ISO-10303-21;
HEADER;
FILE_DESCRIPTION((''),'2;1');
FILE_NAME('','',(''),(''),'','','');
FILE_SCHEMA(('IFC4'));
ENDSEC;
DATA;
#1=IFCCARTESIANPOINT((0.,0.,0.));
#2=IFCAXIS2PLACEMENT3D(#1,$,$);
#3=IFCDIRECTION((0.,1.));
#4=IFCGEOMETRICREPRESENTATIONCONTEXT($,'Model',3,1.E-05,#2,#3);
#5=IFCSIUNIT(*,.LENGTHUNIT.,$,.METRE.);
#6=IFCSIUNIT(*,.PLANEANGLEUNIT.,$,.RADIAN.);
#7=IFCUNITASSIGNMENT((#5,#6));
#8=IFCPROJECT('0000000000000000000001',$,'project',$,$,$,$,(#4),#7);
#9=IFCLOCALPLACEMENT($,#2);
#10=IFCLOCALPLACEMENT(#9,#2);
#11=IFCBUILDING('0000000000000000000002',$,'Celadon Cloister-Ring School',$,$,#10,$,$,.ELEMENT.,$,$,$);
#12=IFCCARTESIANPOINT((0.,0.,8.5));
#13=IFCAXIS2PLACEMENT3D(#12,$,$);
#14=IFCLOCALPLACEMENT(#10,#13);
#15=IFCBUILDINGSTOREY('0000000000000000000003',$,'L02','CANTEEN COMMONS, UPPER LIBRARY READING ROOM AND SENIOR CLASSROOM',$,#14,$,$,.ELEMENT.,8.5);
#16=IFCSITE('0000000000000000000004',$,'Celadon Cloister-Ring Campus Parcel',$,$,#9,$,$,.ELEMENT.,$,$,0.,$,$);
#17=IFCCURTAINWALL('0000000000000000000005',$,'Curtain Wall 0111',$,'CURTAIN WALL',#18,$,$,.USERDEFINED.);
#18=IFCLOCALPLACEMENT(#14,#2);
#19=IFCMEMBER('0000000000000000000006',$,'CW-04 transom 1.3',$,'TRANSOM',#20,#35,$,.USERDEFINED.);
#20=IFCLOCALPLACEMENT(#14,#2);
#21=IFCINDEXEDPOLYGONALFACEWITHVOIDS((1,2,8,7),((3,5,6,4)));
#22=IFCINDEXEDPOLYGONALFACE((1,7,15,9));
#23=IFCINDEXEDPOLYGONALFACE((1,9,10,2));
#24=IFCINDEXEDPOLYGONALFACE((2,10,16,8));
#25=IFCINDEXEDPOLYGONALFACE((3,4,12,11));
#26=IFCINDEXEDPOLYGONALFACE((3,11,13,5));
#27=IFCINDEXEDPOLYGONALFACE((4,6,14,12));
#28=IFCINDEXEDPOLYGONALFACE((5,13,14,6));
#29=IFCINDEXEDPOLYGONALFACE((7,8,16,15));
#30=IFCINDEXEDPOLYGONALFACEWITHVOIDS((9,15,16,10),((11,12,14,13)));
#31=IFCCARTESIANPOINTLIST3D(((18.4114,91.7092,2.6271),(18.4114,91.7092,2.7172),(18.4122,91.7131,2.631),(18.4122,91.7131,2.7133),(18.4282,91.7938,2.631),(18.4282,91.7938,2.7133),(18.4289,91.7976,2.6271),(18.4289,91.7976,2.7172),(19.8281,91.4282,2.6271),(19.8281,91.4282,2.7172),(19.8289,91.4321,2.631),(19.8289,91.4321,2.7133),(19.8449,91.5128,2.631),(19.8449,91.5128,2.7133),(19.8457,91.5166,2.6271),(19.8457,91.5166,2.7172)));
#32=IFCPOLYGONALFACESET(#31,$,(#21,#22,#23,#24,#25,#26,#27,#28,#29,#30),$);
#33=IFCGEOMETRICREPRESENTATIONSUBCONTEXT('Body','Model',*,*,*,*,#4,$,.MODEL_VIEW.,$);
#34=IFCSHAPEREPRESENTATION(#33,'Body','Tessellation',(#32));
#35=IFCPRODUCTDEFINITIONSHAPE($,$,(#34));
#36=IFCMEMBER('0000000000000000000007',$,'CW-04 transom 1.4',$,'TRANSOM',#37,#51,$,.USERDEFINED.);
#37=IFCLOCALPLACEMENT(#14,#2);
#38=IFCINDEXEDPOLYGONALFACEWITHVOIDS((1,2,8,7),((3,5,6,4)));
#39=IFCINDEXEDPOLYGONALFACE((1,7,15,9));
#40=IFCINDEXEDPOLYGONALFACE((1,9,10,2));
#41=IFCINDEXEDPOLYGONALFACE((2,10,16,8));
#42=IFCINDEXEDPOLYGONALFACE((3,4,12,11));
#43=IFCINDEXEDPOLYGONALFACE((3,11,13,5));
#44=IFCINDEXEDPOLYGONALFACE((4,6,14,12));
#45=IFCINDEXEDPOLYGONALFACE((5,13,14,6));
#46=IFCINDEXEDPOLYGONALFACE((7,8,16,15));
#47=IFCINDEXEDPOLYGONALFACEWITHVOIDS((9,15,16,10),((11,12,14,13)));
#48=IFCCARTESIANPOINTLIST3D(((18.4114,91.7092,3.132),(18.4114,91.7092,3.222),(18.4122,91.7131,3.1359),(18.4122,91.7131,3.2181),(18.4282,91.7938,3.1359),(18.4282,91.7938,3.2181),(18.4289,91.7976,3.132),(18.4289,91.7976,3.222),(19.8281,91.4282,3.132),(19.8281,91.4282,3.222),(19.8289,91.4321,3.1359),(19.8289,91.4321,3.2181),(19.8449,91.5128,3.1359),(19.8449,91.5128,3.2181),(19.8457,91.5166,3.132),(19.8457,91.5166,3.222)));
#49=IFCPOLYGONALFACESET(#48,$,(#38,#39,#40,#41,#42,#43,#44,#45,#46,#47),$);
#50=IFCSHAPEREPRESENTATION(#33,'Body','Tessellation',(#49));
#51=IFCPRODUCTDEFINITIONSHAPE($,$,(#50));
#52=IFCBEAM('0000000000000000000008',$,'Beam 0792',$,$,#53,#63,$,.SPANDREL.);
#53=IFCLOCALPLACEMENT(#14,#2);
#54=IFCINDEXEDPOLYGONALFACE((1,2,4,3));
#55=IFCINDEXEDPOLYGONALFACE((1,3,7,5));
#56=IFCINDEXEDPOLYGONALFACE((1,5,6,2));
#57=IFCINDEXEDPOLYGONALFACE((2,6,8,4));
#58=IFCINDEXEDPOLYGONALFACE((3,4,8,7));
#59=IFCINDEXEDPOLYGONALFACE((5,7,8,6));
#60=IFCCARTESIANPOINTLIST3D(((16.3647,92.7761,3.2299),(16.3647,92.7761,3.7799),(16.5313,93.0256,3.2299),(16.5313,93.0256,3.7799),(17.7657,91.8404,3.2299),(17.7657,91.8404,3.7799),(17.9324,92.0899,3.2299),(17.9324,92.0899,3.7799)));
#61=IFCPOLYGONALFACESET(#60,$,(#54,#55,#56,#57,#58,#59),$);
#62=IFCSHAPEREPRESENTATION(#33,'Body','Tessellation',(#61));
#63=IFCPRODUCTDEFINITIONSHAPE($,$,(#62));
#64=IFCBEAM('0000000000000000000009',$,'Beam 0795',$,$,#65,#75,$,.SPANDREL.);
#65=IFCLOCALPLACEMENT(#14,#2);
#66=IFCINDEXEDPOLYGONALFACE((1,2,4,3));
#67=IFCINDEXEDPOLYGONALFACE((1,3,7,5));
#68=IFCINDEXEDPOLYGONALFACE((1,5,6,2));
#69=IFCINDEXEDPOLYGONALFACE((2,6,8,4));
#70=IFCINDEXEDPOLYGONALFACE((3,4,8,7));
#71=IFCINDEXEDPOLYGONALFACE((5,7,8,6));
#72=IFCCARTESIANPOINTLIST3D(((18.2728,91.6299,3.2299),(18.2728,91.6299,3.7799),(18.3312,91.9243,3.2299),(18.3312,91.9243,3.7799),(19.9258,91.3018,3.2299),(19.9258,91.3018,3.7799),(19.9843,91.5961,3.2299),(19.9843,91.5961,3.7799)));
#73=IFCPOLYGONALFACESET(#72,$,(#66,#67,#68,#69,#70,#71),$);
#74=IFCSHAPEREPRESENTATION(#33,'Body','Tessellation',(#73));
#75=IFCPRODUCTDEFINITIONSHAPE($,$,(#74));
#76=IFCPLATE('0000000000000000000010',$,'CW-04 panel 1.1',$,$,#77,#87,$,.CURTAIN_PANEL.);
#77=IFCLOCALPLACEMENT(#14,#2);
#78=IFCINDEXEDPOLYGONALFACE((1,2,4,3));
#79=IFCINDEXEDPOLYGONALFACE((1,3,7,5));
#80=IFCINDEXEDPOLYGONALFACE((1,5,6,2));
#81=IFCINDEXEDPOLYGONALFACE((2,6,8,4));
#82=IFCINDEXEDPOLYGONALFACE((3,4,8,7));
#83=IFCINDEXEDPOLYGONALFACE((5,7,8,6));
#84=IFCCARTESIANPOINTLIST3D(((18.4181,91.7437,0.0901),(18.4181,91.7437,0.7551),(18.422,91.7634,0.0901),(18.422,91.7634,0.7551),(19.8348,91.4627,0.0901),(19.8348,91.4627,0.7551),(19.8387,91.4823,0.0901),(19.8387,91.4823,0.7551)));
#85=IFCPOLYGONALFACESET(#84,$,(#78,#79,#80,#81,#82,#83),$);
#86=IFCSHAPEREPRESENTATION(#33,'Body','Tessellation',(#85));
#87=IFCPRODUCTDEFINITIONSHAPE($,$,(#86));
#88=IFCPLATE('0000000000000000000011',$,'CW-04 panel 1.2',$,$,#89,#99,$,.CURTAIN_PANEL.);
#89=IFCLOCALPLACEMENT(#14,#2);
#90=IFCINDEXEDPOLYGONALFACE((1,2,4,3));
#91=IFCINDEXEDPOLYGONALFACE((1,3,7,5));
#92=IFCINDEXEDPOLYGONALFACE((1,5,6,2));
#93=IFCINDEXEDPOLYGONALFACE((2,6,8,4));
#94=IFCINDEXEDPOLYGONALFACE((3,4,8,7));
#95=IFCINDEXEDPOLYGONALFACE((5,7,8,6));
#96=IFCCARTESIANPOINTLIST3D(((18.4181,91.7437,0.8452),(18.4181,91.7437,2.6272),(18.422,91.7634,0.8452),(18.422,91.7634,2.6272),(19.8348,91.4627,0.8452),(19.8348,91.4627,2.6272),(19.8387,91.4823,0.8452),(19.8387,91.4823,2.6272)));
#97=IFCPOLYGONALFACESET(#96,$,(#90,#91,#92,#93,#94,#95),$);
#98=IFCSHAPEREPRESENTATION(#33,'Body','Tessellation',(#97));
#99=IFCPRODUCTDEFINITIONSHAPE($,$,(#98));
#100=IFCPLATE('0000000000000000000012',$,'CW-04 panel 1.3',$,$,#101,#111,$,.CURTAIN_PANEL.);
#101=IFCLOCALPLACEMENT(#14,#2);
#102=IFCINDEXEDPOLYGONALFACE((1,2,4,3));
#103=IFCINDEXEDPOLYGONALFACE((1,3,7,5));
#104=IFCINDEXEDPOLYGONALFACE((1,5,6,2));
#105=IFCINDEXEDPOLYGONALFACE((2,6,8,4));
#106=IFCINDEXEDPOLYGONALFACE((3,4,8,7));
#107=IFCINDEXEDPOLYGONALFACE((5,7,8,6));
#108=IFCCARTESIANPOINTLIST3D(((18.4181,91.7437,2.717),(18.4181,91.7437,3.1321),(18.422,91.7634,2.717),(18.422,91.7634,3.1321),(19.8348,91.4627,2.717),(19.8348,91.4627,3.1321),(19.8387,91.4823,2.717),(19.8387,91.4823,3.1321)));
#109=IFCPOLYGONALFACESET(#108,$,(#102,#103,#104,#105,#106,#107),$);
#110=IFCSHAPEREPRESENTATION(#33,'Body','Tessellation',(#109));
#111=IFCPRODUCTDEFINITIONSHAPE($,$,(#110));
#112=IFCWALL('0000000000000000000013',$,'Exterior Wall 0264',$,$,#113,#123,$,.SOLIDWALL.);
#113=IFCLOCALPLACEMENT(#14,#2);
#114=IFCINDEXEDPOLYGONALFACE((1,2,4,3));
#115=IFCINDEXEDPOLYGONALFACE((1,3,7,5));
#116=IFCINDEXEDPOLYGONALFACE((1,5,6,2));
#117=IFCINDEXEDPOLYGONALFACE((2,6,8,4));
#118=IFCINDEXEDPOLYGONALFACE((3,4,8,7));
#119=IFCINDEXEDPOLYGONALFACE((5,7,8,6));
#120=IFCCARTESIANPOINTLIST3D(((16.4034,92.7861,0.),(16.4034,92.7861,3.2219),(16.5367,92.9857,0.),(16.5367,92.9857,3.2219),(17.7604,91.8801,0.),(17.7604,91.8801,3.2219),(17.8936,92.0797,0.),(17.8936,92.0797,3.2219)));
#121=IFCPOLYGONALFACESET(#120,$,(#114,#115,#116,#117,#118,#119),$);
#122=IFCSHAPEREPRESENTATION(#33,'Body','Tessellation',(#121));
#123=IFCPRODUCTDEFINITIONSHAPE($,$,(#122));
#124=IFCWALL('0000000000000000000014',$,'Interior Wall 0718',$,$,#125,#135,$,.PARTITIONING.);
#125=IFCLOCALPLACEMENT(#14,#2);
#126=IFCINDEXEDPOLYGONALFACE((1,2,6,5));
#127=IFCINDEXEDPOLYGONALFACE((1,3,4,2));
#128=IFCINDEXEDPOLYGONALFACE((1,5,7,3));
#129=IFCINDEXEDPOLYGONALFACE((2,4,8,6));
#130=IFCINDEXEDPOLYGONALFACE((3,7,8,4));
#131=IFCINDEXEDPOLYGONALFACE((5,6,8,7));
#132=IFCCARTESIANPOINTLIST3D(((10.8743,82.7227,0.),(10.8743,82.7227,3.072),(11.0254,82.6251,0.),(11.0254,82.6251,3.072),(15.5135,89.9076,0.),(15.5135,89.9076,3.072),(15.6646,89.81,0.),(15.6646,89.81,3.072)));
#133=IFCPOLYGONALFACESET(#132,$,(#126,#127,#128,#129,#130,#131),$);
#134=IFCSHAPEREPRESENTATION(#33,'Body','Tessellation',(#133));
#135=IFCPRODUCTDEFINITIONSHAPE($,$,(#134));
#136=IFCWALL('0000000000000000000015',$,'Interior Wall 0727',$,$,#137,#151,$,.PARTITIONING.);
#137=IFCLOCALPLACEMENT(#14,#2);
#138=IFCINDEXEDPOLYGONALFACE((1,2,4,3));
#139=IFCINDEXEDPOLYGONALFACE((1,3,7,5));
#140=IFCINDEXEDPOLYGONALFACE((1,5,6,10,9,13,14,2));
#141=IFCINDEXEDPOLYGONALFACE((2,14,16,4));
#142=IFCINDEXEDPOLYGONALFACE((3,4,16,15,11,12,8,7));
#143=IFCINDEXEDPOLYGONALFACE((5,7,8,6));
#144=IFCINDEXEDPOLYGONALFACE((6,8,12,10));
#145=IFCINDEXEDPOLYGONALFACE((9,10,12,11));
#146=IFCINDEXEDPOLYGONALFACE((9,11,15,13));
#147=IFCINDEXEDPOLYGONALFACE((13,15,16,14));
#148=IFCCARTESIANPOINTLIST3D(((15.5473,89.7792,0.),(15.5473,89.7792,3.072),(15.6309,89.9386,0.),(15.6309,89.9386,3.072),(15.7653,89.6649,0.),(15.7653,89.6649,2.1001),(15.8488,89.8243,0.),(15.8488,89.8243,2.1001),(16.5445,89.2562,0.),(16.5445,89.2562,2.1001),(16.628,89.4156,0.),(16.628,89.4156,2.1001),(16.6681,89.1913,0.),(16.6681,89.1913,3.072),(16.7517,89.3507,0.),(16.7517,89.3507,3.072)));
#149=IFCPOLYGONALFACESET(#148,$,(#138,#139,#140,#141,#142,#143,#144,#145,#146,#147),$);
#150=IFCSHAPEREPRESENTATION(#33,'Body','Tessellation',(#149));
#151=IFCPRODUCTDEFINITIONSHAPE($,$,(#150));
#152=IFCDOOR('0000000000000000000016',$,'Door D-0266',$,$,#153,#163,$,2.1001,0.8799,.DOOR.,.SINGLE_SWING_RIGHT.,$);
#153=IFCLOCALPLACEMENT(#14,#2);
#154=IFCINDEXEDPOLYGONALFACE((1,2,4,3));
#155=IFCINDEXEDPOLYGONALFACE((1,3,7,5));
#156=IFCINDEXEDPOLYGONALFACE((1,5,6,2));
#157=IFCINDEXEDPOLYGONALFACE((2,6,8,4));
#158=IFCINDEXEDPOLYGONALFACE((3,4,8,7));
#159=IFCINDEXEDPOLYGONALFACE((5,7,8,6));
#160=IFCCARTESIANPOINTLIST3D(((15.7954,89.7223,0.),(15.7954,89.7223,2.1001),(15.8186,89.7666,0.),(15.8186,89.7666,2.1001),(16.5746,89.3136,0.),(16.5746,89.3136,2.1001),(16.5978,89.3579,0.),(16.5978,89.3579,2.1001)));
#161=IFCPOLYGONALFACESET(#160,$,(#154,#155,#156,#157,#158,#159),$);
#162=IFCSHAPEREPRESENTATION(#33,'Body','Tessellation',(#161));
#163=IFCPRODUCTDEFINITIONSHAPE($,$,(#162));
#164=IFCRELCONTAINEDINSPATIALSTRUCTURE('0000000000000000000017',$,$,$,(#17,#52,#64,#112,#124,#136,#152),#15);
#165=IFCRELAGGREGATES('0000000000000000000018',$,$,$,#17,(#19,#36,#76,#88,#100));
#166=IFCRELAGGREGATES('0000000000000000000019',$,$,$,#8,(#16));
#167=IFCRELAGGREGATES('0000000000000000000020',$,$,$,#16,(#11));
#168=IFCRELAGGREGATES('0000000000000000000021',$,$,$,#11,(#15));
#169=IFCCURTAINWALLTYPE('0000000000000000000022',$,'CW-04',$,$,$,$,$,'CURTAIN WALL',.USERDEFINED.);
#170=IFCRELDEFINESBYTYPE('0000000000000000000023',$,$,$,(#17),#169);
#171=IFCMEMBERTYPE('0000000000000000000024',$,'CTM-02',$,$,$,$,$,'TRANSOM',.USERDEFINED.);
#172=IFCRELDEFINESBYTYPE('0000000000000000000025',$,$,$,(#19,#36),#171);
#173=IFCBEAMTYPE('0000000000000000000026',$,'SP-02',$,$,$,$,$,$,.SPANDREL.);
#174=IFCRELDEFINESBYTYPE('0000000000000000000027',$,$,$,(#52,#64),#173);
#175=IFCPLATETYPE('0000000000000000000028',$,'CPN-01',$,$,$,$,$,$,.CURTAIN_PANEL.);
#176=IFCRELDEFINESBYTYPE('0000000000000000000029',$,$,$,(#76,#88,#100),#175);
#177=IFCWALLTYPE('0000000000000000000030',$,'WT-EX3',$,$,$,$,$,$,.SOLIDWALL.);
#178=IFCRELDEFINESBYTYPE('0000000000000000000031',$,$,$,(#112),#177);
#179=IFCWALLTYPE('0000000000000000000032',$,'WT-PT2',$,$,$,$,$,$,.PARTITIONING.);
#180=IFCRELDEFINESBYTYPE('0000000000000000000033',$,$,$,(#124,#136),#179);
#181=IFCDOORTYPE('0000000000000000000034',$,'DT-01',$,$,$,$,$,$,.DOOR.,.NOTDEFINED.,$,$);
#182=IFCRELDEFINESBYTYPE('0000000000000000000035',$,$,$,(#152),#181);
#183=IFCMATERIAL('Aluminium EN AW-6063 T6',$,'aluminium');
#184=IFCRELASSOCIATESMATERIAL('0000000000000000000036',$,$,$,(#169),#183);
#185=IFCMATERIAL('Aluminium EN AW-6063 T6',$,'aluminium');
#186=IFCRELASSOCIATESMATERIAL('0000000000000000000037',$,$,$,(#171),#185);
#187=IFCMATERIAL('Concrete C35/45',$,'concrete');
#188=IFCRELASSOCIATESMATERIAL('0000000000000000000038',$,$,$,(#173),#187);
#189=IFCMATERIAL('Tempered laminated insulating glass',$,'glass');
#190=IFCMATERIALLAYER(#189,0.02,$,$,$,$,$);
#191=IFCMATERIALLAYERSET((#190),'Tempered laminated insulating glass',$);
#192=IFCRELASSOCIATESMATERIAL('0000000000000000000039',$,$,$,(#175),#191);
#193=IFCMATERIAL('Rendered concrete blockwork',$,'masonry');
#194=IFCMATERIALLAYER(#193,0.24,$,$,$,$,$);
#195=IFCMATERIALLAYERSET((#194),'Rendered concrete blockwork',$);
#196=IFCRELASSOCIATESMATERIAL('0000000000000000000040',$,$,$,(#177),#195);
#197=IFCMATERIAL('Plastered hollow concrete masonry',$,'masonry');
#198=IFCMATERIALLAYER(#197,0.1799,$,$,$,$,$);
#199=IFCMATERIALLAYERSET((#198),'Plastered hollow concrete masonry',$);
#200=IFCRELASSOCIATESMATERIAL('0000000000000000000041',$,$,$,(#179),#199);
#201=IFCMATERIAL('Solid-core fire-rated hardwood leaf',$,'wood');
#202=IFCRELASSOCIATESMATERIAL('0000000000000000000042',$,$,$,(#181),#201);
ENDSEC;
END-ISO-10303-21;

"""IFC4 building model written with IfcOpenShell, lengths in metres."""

from ifc_helpers import new_model, si_unit, direction, frame, frame_2d, origin, origin_2d, place, context, subcontext, project, spatial, rectangle, hollow_rectangle, extrude, material, layer, layer_set, material_profile, profile_set, type_object, element, fill, aggregate, save


model = new_model("IFC4")

# Units and contexts
model_context = context("Model", 3, precision=1e-05, world=origin(), true_north=direction((0.0, 1.0)))
body_context = subcontext(model_context, "Body", "Model", "MODEL_VIEW")
ifc_project = project(units=[si_unit("LENGTHUNIT", "METRE"), si_unit("PLANEANGLEUNIT", "RADIAN")], contexts=[model_context])

# Site, building, storey
site_placement = place(None, origin())
site = spatial("IfcSite", under=ifc_project, at=site_placement, Name="Celadon Cloister-Ring Campus Parcel", CompositionType="ELEMENT", RefElevation=0.0)
building_placement = place(site_placement, origin())
building = spatial("IfcBuilding", under=site, at=building_placement, Name="Celadon Cloister-Ring School", CompositionType="ELEMENT")
storey_placement = place(building_placement, frame((0.0, 0.0, 8.5)))
storey = spatial("IfcBuildingStorey", under=building, at=storey_placement, Name="L02", Description="CANTEEN COMMONS, UPPER LIBRARY READING ROOM AND SENIOR CLASSROOM", CompositionType="ELEMENT", Elevation=8.5)

# Curtain wall, members
ifc_material_1 = material(Name="Aluminium EN AW-6063 T6", Category="aluminium")
curtain_wall_type = type_object("IfcCurtainWallType", Name="CW-04", ElementType="CURTAIN WALL", PredefinedType="USERDEFINED", material=ifc_material_1)
curtain_wall_placement = place(storey_placement, origin())
curtain_wall = element("IfcCurtainWall", 1, at=curtain_wall_placement, inside=storey, type_object=curtain_wall_type, Name="Curtain Wall 0111", ObjectType="CURTAIN WALL", PredefinedType="USERDEFINED")
ifc_material_2 = material(Name="Aluminium EN AW-6063 T6", Category="aluminium")
ifc_material_profile_1 = material_profile(ifc_material_2, hollow_rectangle(XDim=0.0901, YDim=0.0901, WallThickness=0.0039, at=origin_2d()), Name="RHS90X90X4")
ifc_profile_set_1 = profile_set([ifc_material_profile_1], Name="Aluminium EN AW-6063 T6")
member_type_1 = type_object("IfcMemberType", Name="CTM-02", ElementType="TRANSOM", PredefinedType="USERDEFINED", material=ifc_profile_set_1)
member_1_placement = place(storey_placement, frame((18.4202, 91.7534, 2.6721), z_axis=(0.980891, -0.194556, 0.0), x_axis=(0.194556, 0.980891, 0.0)))
member_1 = element("IfcMember", 2, at=member_1_placement, type_object=member_type_1, Name="CW-04 transom 1.3", ObjectType="TRANSOM", PredefinedType="USERDEFINED", context=body_context, shape_type="SweptSolid", body=[
    extrude(hollow_rectangle(XDim=0.0901, YDim=0.0901, WallThickness=0.0039, at=origin_2d()), origin(), (0.0, 0.0, 1.0), 1.4443),
])
member_2_placement = place(storey_placement, frame((18.4202, 91.7534, 3.177), z_axis=(0.980891, -0.194556, 0.0), x_axis=(0.194556, 0.980891, 0.0)))
member_2 = element("IfcMember", 3, at=member_2_placement, type_object=member_type_1, Name="CW-04 transom 1.4", ObjectType="TRANSOM", PredefinedType="USERDEFINED", context=body_context, shape_type="SweptSolid", body=[
    extrude(hollow_rectangle(XDim=0.0901, YDim=0.0901, WallThickness=0.0039, at=origin_2d()), origin(), (0.0, 0.0, 1.0), 1.4443),
])

# Beams
ifc_material_3 = material(Name="Concrete C35/45", Category="concrete")
ifc_material_profile_2 = material_profile(ifc_material_3, rectangle(XDim=0.3, YDim=0.55, at=origin_2d()), Name="RC300X550")
ifc_profile_set_2 = profile_set([ifc_material_profile_2], Name="Concrete C35/45")
beam_type_1 = type_object("IfcBeamType", Name="SP-02", PredefinedType="SPANDREL", material=ifc_profile_set_2)
beam_1_placement = place(storey_placement, frame((16.448, 92.9009, 3.5049), z_axis=(0.831582, -0.555402, 0.0), x_axis=(0.555402, 0.831582, 0.0)))
element("IfcBeam", 4, at=beam_1_placement, inside=storey, type_object=beam_type_1, Name="Beam 0792", PredefinedType="SPANDREL", context=body_context, shape_type="SweptSolid", body=[
    extrude(rectangle(XDim=0.3, YDim=0.55, at=origin_2d()), origin(), (0.0, 0.0, 1.0), 1.6848),
])
beam_2_placement = place(storey_placement, frame((18.302, 91.7771, 3.5049), z_axis=(0.980864, -0.194695, 0.0), x_axis=(0.194695, 0.980864, 0.0)))
element("IfcBeam", 5, at=beam_2_placement, inside=storey, type_object=beam_type_1, Name="Beam 0795", PredefinedType="SPANDREL", context=body_context, shape_type="SweptSolid", body=[
    extrude(rectangle(XDim=0.3, YDim=0.55, at=origin_2d()), origin(), (0.0, 0.0, 1.0), 1.6853),
])

# Plates
ifc_material_4 = material(Name="Tempered laminated insulating glass", Category="glass")
ifc_layer_1 = layer(ifc_material_4, 0.02)
ifc_layer_set_1 = layer_set([ifc_layer_1], Name="Tempered laminated insulating glass")
plate_type = type_object("IfcPlateType", Name="CPN-01", PredefinedType="CURTAIN_PANEL", material=ifc_layer_set_1)
plate_1_placement = place(storey_placement, frame((19.1284, 91.613, 0.0901), z_axis=(0.0, 0.0, 1.0), x_axis=(0.980885, -0.194586, 0.0)))
plate_1 = element("IfcPlate", 6, at=plate_1_placement, type_object=plate_type, Name="CW-04 panel 1.1", PredefinedType="CURTAIN_PANEL", context=body_context, shape_type="SweptSolid", body=[
    extrude(rectangle(XDim=1.4443, YDim=0.02, at=origin_2d()), origin(), (0.0, 0.0, 1.0), 0.665),
])
plate_2_placement = place(storey_placement, frame((19.1284, 91.613, 0.8452), z_axis=(0.0, 0.0, 1.0), x_axis=(0.980885, -0.194586, 0.0)))
plate_2 = element("IfcPlate", 7, at=plate_2_placement, type_object=plate_type, Name="CW-04 panel 1.2", PredefinedType="CURTAIN_PANEL", context=body_context, shape_type="SweptSolid", body=[
    extrude(rectangle(XDim=1.4443, YDim=0.02, at=origin_2d()), origin(), (0.0, 0.0, 1.0), 1.782),
])
plate_3_placement = place(storey_placement, frame((19.1284, 91.613, 2.717), z_axis=(0.0, 0.0, 1.0), x_axis=(0.980885, -0.194586, 0.0)))
plate_3 = element("IfcPlate", 8, at=plate_3_placement, type_object=plate_type, Name="CW-04 panel 1.3", PredefinedType="CURTAIN_PANEL", context=body_context, shape_type="SweptSolid", body=[
    extrude(rectangle(XDim=1.4443, YDim=0.02, at=origin_2d()), origin(), (0.0, 0.0, 1.0), 0.415),
])
aggregate(curtain_wall, [member_1, member_2, plate_1, plate_2, plate_3])

# Walls
ifc_material_5 = material(Name="Rendered concrete blockwork", Category="masonry")
ifc_layer_2 = layer(ifc_material_5, 0.24)
ifc_layer_set_2 = layer_set([ifc_layer_2], Name="Rendered concrete blockwork")
wall_type_1 = type_object("IfcWallType", Name="WT-EX3", PredefinedType="SOLIDWALL", material=ifc_layer_set_2)
wall_1_placement = place(storey_placement, frame((16.47, 92.886, 0.0), z_axis=(0.0, 0.0, 1.0), x_axis=(0.831659, -0.555287, 0.0)))
element("IfcWall", 9, at=wall_1_placement, inside=storey, type_object=wall_type_1, Name="Exterior Wall 0264", PredefinedType="SOLIDWALL", context=body_context, shape_type="SweptSolid", body=[
    extrude(rectangle(XDim=1.6316, YDim=0.24, at=frame_2d((0.8159, 0.0))), origin(), (0.0, 0.0, 1.0), 3.2219),
])
ifc_material_6 = material(Name="Plastered hollow concrete masonry", Category="masonry")
ifc_layer_3 = layer(ifc_material_6, 0.1799)
ifc_layer_set_3 = layer_set([ifc_layer_3], Name="Plastered hollow concrete masonry")
wall_type_2 = type_object("IfcWallType", Name="WT-PT2", PredefinedType="PARTITIONING", material=ifc_layer_set_3)
wall_2_placement = place(storey_placement, frame((15.5891, 89.8589, 0.0), z_axis=(0.0, 0.0, 1.0), x_axis=(-0.54244, -0.840094, 0.0)))
element("IfcWall", 10, at=wall_2_placement, inside=storey, type_object=wall_type_2, Name="Interior Wall 0718", PredefinedType="PARTITIONING", context=body_context, shape_type="SweptSolid", body=[
    extrude(rectangle(XDim=8.5525, YDim=0.1799, at=frame_2d((4.2764, 0.0))), origin(), (0.0, 0.0, 1.0), 3.072),
])

# Wall, opening, door
wall_3_placement = place(storey_placement, frame((15.5891, 89.8589, 0.0), z_axis=(0.0, 0.0, 1.0), x_axis=(0.885578, -0.46449, 0.0)))
wall_3 = element("IfcWall", 11, at=wall_3_placement, inside=storey, type_object=wall_type_2, Name="Interior Wall 0727", PredefinedType="PARTITIONING", context=body_context, shape_type="SweptSolid", body=[
    extrude(rectangle(XDim=1.2656, YDim=0.1799, at=frame_2d((0.6328, 0.0))), origin(), (0.0, 0.0, 1.0), 3.072),
])
opening_placement = place(wall_3_placement, frame((0.2461, 0.0, 0.0)))
opening = element("IfcOpeningElement", 12, at=opening_placement, cuts=wall_3, PredefinedType="OPENING", context=body_context, shape_type="SweptSolid", body=[
    extrude(rectangle(XDim=0.8799, YDim=2.1001, at=frame_2d((0.4399, 1.05))), frame((0.0, 0.1001, 0.0), z_axis=(0.0, -1.0, 0.0), x_axis=(1.0, 0.0, 0.0)), (0.0, 0.0, 1.0), 0.2),
])
ifc_material_7 = material(Name="Solid-core fire-rated hardwood leaf", Category="wood")
door_type = type_object("IfcDoorType", Name="DT-01", OperationType="NOTDEFINED", PredefinedType="DOOR", material=ifc_material_7)
door_placement = place(opening_placement, origin())
door = element("IfcDoor", 13, at=door_placement, inside=storey, type_object=door_type, Name="Door D-0266", OperationType="SINGLE_SWING_RIGHT", OverallHeight=2.1001, OverallWidth=0.8799, PredefinedType="DOOR", context=body_context, shape_type="SweptSolid", body=[
    extrude(rectangle(XDim=0.8799, YDim=2.1001, at=frame_2d((0.4399, 1.05))), frame((0.0, 0.0249, 0.0), z_axis=(0.0, -1.0, 0.0), x_axis=(1.0, 0.0, 0.0)), (0.0, 0.0, 1.0), 0.05),
])
fill(opening, door)

save(model, "model.ifc")
